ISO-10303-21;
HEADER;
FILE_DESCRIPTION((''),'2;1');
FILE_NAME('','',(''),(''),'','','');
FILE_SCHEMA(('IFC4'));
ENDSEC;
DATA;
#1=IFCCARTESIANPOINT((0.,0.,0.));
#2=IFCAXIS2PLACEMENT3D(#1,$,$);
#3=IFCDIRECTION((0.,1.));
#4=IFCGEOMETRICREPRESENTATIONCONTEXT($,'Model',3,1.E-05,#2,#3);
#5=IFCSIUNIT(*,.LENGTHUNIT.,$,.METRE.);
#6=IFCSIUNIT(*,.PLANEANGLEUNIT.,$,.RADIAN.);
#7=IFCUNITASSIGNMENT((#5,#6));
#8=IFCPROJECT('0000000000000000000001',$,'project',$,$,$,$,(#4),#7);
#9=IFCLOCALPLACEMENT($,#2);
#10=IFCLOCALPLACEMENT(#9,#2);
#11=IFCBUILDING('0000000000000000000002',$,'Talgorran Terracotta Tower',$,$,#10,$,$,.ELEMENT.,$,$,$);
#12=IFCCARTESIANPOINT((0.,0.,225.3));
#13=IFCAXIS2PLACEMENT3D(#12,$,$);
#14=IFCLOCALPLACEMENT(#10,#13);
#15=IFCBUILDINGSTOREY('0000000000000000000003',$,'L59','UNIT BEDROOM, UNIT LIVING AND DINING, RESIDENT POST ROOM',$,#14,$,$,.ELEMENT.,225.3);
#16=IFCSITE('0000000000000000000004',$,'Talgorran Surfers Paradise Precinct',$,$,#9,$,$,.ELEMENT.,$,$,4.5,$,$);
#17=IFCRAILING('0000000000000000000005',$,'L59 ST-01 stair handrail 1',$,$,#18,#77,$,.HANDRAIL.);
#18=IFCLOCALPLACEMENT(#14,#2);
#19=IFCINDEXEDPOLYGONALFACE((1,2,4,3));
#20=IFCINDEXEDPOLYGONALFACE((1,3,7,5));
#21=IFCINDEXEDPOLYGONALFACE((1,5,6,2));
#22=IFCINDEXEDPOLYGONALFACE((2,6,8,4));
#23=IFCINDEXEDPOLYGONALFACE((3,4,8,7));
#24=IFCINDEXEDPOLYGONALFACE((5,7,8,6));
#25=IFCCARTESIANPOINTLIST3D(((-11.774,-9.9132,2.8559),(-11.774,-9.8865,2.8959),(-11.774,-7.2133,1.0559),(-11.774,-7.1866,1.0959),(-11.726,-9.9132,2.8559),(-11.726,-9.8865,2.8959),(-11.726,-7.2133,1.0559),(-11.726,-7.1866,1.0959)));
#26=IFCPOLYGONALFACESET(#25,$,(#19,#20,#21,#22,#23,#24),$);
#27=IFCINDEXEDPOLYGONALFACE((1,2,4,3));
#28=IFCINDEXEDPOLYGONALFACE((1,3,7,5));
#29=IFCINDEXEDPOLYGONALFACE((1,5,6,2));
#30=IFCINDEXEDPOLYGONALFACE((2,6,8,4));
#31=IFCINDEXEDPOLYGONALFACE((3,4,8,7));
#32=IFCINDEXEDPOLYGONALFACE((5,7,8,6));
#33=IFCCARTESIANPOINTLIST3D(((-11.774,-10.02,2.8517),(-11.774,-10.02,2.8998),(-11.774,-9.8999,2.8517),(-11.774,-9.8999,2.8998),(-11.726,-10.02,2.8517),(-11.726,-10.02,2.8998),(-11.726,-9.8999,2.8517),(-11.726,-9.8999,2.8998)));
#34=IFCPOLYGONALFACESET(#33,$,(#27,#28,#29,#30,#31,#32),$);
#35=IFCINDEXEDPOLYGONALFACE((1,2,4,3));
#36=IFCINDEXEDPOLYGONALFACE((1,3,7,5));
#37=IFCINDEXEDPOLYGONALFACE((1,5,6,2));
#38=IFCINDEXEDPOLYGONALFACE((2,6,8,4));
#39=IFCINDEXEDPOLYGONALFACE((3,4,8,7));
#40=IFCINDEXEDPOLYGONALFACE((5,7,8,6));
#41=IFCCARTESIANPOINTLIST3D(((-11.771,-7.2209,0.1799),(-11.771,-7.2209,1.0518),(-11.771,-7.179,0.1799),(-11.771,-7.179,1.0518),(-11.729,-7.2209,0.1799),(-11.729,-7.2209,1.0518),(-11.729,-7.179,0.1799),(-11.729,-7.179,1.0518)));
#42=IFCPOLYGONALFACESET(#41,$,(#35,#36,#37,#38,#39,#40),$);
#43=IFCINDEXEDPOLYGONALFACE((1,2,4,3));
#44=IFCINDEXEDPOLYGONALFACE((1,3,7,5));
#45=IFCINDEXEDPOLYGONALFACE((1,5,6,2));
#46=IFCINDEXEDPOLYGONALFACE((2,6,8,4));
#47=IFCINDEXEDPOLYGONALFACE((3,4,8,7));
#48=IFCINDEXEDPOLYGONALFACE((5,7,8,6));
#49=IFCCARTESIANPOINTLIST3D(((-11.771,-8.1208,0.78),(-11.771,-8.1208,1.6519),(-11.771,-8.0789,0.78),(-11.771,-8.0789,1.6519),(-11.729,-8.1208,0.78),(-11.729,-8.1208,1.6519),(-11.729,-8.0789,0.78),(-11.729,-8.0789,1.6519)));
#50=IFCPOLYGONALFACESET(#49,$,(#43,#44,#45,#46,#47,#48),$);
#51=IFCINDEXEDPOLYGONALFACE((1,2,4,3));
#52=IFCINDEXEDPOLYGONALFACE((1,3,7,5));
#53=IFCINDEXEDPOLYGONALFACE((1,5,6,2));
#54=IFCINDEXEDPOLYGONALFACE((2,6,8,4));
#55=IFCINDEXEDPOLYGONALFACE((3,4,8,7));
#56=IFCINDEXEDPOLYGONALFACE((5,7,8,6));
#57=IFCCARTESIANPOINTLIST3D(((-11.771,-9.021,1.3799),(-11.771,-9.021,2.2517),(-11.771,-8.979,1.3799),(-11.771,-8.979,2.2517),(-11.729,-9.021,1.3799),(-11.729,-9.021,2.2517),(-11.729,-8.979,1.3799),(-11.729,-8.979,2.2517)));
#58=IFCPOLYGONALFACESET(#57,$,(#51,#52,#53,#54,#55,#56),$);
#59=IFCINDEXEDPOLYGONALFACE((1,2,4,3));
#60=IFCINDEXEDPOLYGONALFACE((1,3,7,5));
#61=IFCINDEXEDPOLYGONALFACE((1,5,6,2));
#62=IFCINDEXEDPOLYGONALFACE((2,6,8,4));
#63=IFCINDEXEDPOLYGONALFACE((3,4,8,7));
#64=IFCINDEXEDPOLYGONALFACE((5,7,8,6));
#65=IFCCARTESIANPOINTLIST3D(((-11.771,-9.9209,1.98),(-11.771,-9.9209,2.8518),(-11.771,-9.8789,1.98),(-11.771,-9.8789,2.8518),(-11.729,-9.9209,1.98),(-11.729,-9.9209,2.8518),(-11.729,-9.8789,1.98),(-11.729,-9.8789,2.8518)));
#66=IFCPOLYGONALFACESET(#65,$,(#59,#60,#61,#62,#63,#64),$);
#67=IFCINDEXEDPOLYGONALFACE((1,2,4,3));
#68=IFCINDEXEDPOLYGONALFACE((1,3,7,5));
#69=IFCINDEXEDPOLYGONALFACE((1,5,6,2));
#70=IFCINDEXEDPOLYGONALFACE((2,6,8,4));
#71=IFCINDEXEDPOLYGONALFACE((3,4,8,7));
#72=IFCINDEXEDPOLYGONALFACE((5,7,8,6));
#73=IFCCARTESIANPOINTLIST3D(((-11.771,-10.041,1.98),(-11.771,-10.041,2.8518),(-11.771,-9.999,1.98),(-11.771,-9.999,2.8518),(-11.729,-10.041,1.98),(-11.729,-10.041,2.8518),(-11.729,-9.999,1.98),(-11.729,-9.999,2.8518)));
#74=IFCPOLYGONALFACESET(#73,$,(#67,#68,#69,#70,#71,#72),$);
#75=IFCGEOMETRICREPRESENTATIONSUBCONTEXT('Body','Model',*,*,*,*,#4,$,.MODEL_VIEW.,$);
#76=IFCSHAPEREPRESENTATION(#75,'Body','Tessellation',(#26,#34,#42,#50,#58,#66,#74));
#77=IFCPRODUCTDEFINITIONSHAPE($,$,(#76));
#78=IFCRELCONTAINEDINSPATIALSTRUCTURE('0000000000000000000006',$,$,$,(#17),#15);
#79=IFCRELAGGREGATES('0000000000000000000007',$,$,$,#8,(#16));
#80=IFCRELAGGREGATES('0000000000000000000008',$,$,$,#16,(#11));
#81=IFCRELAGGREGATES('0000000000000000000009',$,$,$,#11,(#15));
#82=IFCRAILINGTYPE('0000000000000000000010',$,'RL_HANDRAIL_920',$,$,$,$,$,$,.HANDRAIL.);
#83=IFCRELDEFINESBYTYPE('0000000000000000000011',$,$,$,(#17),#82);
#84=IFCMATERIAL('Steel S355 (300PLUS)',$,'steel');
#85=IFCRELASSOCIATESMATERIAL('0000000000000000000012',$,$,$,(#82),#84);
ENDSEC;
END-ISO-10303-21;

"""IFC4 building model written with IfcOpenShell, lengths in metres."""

from ifc_helpers import new_model, si_unit, direction, frame, origin, origin_2d, place, context, subcontext, project, spatial, rectangle, extrude, material, type_object, element, save


model = new_model("IFC4")

# Units and contexts
model_context = context("Model", 3, precision=1e-05, world=origin(), true_north=direction((0.0, 1.0)))
body_context = subcontext(model_context, "Body", "Model", "MODEL_VIEW")
ifc_project = project(units=[si_unit("LENGTHUNIT", "METRE"), si_unit("PLANEANGLEUNIT", "RADIAN")], contexts=[model_context])

# Site, building, storey
site_placement = place(None, origin())
site = spatial("IfcSite", under=ifc_project, at=site_placement, Name="Talgorran Surfers Paradise Precinct", CompositionType="ELEMENT", RefElevation=4.5)
building_placement = place(site_placement, origin())
building = spatial("IfcBuilding", under=site, at=building_placement, Name="Talgorran Terracotta Tower", CompositionType="ELEMENT")
storey_placement = place(building_placement, frame((0.0, 0.0, 225.3)))
storey = spatial("IfcBuildingStorey", under=building, at=storey_placement, Name="L59", Description="UNIT BEDROOM, UNIT LIVING AND DINING, RESIDENT POST ROOM", CompositionType="ELEMENT", Elevation=225.3)

# Railing
ifc_material_1 = material(Name="Steel S355 (300PLUS)", Category="steel")
railing_type = type_object("IfcRailingType", Name="RL_HANDRAIL_920", PredefinedType="HANDRAIL", material=ifc_material_1)
railing_placement = place(storey_placement, frame((-11.75, -7.2, 0.1799)))
element("IfcRailing", 1, at=railing_placement, inside=storey, type_object=railing_type, Name="L59 ST-01 stair handrail 1", PredefinedType="HANDRAIL", context=body_context, shape_type="SweptSolid", body=[
    extrude(rectangle(XDim=0.0481, YDim=0.0481, at=origin_2d()), frame((0.0, 0.0, 0.896), z_axis=(0.0, -0.832039, 0.554718), x_axis=(1.0, 0.0, 0.0)), (0.0, 0.0, 1.0), 3.2449),
    extrude(rectangle(XDim=0.0481, YDim=0.0481, at=origin_2d()), frame((0.0, -2.7, 2.6958), z_axis=(0.0, -1.0, 0.0), x_axis=(1.0, 0.0, 0.0)), (0.0, 0.0, 1.0), 0.1201),
    extrude(rectangle(XDim=0.042, YDim=0.042, at=origin_2d()), origin(), (0.0, 0.0, 1.0), 0.8718),
    extrude(rectangle(XDim=0.042, YDim=0.042, at=origin_2d()), frame((0.0, -0.8999, 0.6001)), (0.0, 0.0, 1.0), 0.8718),
    extrude(rectangle(XDim=0.042, YDim=0.042, at=origin_2d()), frame((0.0, -1.8, 1.2)), (0.0, 0.0, 1.0), 0.8718),
    extrude(rectangle(XDim=0.042, YDim=0.042, at=origin_2d()), frame((0.0, -2.7, 1.8)), (0.0, 0.0, 1.0), 0.8718),
    extrude(rectangle(XDim=0.042, YDim=0.042, at=origin_2d()), frame((0.0, -2.8201, 1.8)), (0.0, 0.0, 1.0), 0.8718),
])

save(model, "model.ifc")
